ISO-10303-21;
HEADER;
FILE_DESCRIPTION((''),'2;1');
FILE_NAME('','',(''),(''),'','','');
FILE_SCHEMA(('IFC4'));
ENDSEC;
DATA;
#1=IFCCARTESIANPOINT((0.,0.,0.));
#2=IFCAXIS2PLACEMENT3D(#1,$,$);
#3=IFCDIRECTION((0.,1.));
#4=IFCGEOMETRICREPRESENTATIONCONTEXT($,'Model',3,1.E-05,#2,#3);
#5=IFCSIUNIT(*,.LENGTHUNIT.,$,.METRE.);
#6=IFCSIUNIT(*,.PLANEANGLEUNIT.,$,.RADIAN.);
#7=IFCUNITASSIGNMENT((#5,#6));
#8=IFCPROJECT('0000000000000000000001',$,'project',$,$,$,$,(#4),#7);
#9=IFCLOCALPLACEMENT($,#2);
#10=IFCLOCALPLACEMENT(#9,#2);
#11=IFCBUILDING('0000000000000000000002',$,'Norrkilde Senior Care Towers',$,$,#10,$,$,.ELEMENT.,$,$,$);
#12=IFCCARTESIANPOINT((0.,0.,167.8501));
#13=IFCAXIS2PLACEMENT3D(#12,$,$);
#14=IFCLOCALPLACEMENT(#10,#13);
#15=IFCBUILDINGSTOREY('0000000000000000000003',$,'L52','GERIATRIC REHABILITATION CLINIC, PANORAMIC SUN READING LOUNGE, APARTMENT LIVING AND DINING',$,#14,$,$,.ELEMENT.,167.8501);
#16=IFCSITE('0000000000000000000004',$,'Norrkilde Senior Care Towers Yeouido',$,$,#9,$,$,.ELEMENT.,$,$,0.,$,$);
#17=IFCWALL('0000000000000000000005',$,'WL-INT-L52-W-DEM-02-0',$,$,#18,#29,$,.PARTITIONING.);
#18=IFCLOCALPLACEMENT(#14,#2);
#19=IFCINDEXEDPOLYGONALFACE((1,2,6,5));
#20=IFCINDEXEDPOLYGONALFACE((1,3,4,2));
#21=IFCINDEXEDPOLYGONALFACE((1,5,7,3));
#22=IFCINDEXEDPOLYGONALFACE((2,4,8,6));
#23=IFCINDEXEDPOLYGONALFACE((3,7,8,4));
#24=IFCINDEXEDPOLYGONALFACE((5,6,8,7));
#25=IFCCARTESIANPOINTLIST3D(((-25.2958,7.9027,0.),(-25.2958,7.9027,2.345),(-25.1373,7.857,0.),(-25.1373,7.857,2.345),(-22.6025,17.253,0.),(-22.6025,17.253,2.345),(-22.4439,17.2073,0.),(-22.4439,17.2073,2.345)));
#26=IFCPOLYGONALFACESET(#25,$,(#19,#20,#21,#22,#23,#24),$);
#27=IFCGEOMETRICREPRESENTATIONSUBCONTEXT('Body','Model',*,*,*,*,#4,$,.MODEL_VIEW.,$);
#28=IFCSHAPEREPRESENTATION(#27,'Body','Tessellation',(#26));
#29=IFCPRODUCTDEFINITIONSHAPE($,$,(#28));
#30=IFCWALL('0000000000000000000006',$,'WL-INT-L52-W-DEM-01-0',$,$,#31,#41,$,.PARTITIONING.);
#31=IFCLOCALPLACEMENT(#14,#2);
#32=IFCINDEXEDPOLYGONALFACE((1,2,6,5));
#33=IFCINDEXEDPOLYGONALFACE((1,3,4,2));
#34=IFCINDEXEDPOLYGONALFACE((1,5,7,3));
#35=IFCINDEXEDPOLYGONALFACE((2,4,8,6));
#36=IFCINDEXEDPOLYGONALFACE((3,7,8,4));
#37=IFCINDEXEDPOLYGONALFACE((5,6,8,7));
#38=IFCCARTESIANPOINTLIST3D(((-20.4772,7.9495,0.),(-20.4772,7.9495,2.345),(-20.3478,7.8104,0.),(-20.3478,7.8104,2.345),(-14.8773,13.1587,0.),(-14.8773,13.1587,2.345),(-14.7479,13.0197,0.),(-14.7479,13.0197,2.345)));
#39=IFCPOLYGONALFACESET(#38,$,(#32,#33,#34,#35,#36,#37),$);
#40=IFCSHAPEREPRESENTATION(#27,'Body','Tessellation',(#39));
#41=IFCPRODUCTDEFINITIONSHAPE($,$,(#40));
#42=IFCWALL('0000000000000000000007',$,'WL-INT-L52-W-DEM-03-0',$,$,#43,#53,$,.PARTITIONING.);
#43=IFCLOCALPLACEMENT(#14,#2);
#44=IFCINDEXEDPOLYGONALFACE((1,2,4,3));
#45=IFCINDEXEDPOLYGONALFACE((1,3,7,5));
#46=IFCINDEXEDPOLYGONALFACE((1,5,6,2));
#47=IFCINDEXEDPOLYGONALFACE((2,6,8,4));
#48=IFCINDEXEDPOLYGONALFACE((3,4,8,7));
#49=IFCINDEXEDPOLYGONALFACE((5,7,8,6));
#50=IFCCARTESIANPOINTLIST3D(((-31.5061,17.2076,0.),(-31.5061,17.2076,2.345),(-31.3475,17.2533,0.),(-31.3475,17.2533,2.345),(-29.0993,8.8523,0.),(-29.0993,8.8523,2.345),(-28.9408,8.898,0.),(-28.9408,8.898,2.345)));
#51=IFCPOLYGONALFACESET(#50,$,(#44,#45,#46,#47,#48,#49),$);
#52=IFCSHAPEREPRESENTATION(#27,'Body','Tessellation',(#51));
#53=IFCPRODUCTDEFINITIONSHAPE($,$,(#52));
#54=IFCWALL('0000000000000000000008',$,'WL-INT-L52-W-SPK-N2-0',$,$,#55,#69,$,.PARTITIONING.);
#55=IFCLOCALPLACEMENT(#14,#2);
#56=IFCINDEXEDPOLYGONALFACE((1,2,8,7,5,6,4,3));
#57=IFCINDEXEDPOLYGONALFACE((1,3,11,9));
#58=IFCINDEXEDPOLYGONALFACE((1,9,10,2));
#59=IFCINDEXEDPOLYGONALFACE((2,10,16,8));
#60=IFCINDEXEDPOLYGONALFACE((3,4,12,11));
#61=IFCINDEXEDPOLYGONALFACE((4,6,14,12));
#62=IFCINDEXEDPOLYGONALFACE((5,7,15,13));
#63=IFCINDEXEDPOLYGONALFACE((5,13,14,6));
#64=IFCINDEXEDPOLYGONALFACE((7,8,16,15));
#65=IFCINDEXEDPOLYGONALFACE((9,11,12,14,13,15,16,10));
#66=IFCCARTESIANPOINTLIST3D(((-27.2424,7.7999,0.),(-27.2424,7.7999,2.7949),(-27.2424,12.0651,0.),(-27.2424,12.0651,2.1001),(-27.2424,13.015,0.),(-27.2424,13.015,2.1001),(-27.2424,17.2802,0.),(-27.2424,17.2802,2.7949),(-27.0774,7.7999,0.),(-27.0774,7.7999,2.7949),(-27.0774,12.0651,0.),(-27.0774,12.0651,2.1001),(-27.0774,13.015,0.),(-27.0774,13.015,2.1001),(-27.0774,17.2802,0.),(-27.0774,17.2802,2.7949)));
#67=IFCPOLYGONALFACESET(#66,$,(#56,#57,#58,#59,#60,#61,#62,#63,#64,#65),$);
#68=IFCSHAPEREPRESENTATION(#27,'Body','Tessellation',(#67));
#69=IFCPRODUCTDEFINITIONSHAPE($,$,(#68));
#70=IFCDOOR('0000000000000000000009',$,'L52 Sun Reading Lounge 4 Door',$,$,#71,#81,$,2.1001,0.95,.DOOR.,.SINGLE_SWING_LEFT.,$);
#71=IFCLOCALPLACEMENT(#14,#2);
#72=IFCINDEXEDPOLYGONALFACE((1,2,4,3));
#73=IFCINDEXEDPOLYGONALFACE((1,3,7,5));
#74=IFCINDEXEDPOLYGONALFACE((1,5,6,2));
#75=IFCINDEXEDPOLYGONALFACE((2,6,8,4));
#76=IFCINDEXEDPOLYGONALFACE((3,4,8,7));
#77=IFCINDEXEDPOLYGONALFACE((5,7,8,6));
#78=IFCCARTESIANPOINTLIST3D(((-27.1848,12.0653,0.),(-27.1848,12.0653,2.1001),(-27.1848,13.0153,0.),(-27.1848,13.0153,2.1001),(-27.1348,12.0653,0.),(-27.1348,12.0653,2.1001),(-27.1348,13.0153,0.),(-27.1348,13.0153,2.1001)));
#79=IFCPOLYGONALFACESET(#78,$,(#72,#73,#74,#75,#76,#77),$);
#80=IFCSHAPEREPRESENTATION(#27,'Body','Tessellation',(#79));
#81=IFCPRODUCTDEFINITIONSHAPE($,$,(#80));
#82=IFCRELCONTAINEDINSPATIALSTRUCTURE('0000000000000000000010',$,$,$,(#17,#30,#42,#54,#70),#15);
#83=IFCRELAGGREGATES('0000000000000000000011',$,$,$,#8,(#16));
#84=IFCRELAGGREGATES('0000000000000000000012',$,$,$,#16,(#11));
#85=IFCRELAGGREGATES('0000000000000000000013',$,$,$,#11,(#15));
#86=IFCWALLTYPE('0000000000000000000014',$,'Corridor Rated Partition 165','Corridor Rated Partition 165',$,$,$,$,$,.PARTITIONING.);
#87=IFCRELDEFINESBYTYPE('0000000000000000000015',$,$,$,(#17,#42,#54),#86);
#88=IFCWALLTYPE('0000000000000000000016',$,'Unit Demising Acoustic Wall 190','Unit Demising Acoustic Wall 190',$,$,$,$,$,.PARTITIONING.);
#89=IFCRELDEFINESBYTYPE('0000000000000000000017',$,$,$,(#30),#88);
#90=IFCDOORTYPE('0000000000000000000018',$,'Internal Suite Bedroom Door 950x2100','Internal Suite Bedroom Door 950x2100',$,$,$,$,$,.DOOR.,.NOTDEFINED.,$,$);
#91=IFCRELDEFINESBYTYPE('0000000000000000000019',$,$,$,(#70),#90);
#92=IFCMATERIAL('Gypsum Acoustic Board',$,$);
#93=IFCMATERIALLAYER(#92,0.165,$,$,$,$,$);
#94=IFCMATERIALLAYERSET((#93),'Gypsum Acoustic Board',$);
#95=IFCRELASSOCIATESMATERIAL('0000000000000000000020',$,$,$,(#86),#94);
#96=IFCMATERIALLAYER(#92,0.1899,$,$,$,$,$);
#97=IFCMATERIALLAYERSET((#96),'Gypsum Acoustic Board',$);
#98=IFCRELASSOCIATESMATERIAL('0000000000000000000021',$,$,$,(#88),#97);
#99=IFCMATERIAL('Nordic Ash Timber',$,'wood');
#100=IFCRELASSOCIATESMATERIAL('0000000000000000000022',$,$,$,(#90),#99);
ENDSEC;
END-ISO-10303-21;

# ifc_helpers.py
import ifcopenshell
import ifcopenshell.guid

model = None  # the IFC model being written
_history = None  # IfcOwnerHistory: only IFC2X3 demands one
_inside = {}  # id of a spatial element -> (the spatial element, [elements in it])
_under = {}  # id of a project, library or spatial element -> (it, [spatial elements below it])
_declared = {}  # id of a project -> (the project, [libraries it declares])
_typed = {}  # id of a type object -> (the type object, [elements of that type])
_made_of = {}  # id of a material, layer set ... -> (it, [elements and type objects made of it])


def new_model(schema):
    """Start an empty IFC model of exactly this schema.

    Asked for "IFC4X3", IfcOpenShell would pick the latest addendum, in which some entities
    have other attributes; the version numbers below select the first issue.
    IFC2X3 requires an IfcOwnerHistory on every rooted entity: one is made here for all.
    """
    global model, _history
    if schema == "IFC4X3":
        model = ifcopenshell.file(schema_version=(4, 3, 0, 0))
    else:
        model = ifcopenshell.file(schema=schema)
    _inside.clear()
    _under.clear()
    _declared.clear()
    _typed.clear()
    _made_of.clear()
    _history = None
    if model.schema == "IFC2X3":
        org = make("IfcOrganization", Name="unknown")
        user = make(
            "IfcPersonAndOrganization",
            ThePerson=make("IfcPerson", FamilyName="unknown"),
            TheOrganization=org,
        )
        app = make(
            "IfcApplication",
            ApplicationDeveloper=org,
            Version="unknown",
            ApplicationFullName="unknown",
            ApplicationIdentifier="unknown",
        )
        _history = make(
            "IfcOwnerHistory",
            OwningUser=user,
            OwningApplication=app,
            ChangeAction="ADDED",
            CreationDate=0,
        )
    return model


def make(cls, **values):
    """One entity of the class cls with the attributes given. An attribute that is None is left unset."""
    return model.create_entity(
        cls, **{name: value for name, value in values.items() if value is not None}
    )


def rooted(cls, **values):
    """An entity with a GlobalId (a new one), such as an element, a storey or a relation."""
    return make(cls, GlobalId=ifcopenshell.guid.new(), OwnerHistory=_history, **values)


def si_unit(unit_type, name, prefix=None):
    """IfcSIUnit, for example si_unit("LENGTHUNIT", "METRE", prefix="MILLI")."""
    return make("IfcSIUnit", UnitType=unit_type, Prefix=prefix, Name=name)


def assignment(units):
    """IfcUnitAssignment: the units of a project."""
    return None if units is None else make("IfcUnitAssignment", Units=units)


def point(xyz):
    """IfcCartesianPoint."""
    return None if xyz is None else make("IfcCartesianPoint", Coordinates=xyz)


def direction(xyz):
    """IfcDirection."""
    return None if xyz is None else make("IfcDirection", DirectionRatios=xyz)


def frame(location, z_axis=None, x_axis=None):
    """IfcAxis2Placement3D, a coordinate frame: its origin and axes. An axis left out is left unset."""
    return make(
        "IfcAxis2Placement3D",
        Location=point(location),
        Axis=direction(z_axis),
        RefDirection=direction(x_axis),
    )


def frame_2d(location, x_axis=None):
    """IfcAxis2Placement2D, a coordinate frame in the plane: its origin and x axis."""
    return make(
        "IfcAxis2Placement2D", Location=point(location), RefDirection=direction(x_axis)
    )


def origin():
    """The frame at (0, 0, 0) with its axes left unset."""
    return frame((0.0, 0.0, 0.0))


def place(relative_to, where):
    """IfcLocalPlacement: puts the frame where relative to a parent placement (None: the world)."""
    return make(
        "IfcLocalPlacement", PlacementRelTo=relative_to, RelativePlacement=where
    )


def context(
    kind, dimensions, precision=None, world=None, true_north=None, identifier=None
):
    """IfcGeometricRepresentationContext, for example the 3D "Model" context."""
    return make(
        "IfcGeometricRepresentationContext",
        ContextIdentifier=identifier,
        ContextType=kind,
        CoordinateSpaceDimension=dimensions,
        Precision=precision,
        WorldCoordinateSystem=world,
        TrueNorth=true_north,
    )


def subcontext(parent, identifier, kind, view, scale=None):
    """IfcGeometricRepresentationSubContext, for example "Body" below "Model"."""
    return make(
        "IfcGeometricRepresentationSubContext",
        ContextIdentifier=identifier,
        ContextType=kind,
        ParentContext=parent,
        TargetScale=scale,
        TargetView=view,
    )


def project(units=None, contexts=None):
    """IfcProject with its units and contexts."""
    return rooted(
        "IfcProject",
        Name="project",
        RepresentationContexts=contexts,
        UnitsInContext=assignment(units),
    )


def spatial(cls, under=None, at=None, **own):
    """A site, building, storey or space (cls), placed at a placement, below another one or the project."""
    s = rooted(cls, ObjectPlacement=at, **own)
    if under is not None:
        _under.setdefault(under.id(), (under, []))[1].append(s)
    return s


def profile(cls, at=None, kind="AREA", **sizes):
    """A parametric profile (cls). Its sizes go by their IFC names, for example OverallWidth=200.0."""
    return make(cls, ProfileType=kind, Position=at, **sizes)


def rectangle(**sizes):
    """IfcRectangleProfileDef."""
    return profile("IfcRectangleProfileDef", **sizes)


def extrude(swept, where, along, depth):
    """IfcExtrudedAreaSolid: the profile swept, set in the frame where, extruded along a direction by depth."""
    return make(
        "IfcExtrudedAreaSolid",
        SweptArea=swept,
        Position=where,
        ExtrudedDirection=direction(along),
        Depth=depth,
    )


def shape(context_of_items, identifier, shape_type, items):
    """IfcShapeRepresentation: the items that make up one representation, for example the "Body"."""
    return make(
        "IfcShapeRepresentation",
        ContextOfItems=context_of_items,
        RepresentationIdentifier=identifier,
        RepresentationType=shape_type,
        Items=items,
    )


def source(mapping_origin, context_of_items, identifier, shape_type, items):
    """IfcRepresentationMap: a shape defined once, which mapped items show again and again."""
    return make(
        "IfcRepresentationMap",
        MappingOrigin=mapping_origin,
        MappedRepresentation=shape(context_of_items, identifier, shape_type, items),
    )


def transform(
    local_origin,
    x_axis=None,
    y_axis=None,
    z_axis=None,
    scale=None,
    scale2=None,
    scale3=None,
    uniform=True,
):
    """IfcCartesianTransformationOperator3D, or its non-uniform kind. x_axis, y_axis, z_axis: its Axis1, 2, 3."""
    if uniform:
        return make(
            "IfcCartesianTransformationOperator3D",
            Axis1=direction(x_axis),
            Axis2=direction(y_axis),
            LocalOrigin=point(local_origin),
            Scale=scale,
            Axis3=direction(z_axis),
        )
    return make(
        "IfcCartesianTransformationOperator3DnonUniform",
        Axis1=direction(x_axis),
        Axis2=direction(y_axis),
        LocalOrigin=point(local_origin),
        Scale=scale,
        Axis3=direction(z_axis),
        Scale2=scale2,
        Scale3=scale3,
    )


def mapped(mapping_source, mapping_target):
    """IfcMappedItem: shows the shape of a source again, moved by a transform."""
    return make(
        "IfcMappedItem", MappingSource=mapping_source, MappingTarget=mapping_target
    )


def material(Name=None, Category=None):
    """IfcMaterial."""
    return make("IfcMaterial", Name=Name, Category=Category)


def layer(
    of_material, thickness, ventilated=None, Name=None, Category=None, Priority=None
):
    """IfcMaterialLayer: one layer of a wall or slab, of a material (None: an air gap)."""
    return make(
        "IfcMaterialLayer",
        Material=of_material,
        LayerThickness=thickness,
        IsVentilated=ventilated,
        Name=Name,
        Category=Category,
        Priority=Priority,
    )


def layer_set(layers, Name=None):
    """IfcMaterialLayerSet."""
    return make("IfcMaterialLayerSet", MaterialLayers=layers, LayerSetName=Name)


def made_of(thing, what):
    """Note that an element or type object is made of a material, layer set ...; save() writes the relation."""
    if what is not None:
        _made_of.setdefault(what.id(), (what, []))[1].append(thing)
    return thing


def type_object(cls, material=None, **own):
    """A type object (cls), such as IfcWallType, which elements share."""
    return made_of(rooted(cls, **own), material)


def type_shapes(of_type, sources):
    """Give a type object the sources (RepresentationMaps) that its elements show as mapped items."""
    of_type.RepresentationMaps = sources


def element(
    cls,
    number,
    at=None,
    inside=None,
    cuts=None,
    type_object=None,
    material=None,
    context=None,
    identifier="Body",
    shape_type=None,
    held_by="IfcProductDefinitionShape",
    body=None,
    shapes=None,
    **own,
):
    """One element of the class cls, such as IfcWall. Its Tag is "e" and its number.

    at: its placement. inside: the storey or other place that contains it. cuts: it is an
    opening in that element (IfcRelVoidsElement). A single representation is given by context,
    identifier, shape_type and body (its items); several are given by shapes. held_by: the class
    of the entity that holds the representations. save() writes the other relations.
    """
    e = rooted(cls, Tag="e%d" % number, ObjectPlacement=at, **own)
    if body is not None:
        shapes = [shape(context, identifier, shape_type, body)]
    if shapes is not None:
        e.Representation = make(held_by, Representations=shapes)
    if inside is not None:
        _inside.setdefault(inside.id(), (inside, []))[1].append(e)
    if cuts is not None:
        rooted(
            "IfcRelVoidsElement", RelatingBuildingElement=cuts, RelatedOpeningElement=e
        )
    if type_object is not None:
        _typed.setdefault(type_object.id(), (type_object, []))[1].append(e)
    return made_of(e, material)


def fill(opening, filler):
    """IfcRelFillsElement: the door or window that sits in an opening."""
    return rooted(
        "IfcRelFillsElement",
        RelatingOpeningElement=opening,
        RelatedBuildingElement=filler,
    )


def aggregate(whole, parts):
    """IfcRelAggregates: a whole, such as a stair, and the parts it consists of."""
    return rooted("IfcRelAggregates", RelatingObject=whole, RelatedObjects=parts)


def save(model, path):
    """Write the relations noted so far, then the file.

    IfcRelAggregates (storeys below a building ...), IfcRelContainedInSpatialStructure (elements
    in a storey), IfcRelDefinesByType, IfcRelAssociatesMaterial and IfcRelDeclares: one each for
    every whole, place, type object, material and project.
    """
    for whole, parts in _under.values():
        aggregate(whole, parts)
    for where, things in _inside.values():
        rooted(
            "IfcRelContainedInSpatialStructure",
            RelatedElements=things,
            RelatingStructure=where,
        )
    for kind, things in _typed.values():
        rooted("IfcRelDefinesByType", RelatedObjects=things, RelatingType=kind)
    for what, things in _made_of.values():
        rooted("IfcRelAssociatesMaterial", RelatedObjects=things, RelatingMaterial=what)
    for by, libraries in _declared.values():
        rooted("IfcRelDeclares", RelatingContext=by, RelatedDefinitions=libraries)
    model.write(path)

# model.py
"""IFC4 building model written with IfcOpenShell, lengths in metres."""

from ifc_helpers import new_model, si_unit, direction, frame, frame_2d, origin, place, context, subcontext, project, spatial, rectangle, extrude, source, transform, mapped, material, layer, layer_set, type_object, type_shapes, element, fill, save


model = new_model("IFC4")

# Units and contexts
model_context = context("Model", 3, precision=1e-05, world=origin(), true_north=direction((0.0, 1.0)))
body_context = subcontext(model_context, "Body", "Model", "MODEL_VIEW")
ifc_project = project(units=[si_unit("LENGTHUNIT", "METRE"), si_unit("PLANEANGLEUNIT", "RADIAN")], contexts=[model_context])

# Site, building, storey
site_placement = place(None, origin())
site = spatial("IfcSite", under=ifc_project, at=site_placement, Name="Norrkilde Senior Care Towers Yeouido", CompositionType="ELEMENT", RefElevation=0.0)
building_placement = place(site_placement, origin())
building = spatial("IfcBuilding", under=site, at=building_placement, Name="Norrkilde Senior Care Towers", CompositionType="ELEMENT")
storey_placement = place(building_placement, frame((0.0, 0.0, 167.8501)))
storey = spatial("IfcBuildingStorey", under=building, at=storey_placement, Name="L52", Description="GERIATRIC REHABILITATION CLINIC, PANORAMIC SUN READING LOUNGE, APARTMENT LIVING AND DINING", CompositionType="ELEMENT", Elevation=167.8501)

# Walls
ifc_material_1 = material(Name="Gypsum Acoustic Board")
ifc_layer_1 = layer(ifc_material_1, 0.165)
ifc_layer_set_1 = layer_set([ifc_layer_1], Name="Gypsum Acoustic Board")
wall_type_1 = type_object("IfcWallType", Name="Corridor Rated Partition 165", Description="Corridor Rated Partition 165", PredefinedType="PARTITIONING", material=ifc_layer_set_1)
shared_shape_1 = source(origin(), body_context, "Body", "SweptSolid", [
    extrude(rectangle(XDim=9.7305, YDim=0.165, at=frame_2d((4.8652, 0.0))), origin(), (0.0, 0.0, 1.0), 2.345),
])
wall_1_placement = place(storey_placement, frame((-25.2166, 7.8799, 0.0), z_axis=(0.0, 0.0, 1.0), x_axis=(0.276795, 0.960929, 0.0)))
element("IfcWall", 1, at=wall_1_placement, inside=storey, type_object=wall_type_1, Name="WL-INT-L52-W-DEM-02-0", PredefinedType="PARTITIONING", context=body_context, shape_type="MappedRepresentation", body=[
    mapped(shared_shape_1, transform((0.0, 0.0, 0.0), x_axis=(1.0, 0.0, 0.0), y_axis=(0.0, 1.0, 0.0), z_axis=(0.0, 0.0, 1.0), scale=1.0)),
])
ifc_layer_2 = layer(ifc_material_1, 0.1899)
ifc_layer_set_2 = layer_set([ifc_layer_2], Name="Gypsum Acoustic Board")
wall_type_2 = type_object("IfcWallType", Name="Unit Demising Acoustic Wall 190", Description="Unit Demising Acoustic Wall 190", PredefinedType="PARTITIONING", material=ifc_layer_set_2)
shared_shape_2 = source(origin(), body_context, "Body", "SweptSolid", [
    extrude(rectangle(XDim=7.6482, YDim=0.1899, at=frame_2d((3.8242, 0.0))), origin(), (0.0, 0.0, 1.0), 2.345),
])
type_shapes(wall_type_2, [shared_shape_2])
wall_2_placement = place(storey_placement, frame((-20.4126, 7.8799, 0.0), z_axis=(0.0, 0.0, 1.0), x_axis=(0.732183, 0.681108, 0.0)))
element("IfcWall", 2, at=wall_2_placement, inside=storey, type_object=wall_type_2, Name="WL-INT-L52-W-DEM-01-0", PredefinedType="PARTITIONING", context=body_context, shape_type="MappedRepresentation", body=[
    mapped(shared_shape_2, transform((0.0, 0.0, 0.0), x_axis=(1.0, 0.0, 0.0), y_axis=(0.0, 1.0, 0.0), z_axis=(0.0, 0.0, 1.0), scale=1.0)),
])
shared_shape_3 = source(origin(), body_context, "Body", "SweptSolid", [
    extrude(rectangle(XDim=8.6951, YDim=0.165, at=frame_2d((4.3477, 0.0))), origin(), (0.0, 0.0, 1.0), 2.345),
])
wall_3_placement = place(storey_placement, frame((-29.02, 8.875, 0.0), z_axis=(0.0, 0.0, 1.0), x_axis=(-0.276797, 0.960928, 0.0)))
element("IfcWall", 3, at=wall_3_placement, inside=storey, type_object=wall_type_1, Name="WL-INT-L52-W-DEM-03-0", PredefinedType="PARTITIONING", context=body_context, shape_type="MappedRepresentation", body=[
    mapped(shared_shape_3, transform((0.0, 0.0, 0.0), x_axis=(1.0, 0.0, 0.0), y_axis=(0.0, 1.0, 0.0), z_axis=(0.0, 0.0, 1.0), scale=1.0)),
])

# Wall, opening, door
shared_shape_4 = source(origin(), body_context, "Body", "SweptSolid", [
    extrude(rectangle(XDim=9.4802, YDim=0.165, at=frame_2d((4.7402, 0.0))), origin(), (0.0, 0.0, 1.0), 2.7949),
])
type_shapes(wall_type_1, [shared_shape_1, shared_shape_3, shared_shape_4])
wall_4_placement = place(storey_placement, frame((-27.1599, 17.2803, 0.0), z_axis=(0.0, 0.0, 1.0), x_axis=(0.0, -1.0, 0.0)))
wall_4 = element("IfcWall", 4, at=wall_4_placement, inside=storey, type_object=wall_type_1, Name="WL-INT-L52-W-SPK-N2-0", PredefinedType="PARTITIONING", context=body_context, shape_type="MappedRepresentation", body=[
    mapped(shared_shape_4, transform((0.0, 0.0, 0.0), x_axis=(1.0, 0.0, 0.0), y_axis=(0.0, 1.0, 0.0), z_axis=(0.0, 0.0, 1.0), scale=1.0)),
])
opening_placement = place(wall_4_placement, frame((4.2651, 0.0, 0.0)))
opening = element("IfcOpeningElement", 5, at=opening_placement, cuts=wall_4, PredefinedType="OPENING", context=body_context, shape_type="SweptSolid", body=[
    extrude(rectangle(XDim=0.95, YDim=2.1001, at=frame_2d((0.4751, 1.05))), frame((0.0, 0.0925, 0.0), z_axis=(0.0, -1.0, 0.0), x_axis=(1.0, 0.0, 0.0)), (0.0, 0.0, 1.0), 0.1851),
])
ifc_material_2 = material(Name="Nordic Ash Timber", Category="wood")
door_type = type_object("IfcDoorType", Name="Internal Suite Bedroom Door 950x2100", Description="Internal Suite Bedroom Door 950x2100", OperationType="NOTDEFINED", PredefinedType="DOOR", material=ifc_material_2)
shared_shape_5 = source(origin(), body_context, "Body", "SweptSolid", [
    extrude(rectangle(XDim=0.95, YDim=2.1001, at=frame_2d((0.4751, 1.05))), frame((0.0, 0.0249, 0.0), z_axis=(0.0, -1.0, 0.0), x_axis=(1.0, 0.0, 0.0)), (0.0, 0.0, 1.0), 0.05),
])
type_shapes(door_type, [shared_shape_5])
door_placement = place(opening_placement, frame((0.95, 0.0, 0.0), z_axis=(0.0, 0.0, 1.0), x_axis=(-1.0, 0.0, 0.0)))
door = element("IfcDoor", 6, at=door_placement, inside=storey, type_object=door_type, Name="L52 Sun Reading Lounge 4 Door", OperationType="SINGLE_SWING_LEFT", OverallHeight=2.1001, OverallWidth=0.95, PredefinedType="DOOR", context=body_context, shape_type="MappedRepresentation", body=[
    mapped(shared_shape_5, transform((0.0, 0.0, 0.0), x_axis=(1.0, 0.0, 0.0), y_axis=(0.0, 1.0, 0.0), z_axis=(0.0, 0.0, 1.0), scale=1.0)),
])
fill(opening, door)

save(model, "model.ifc")
